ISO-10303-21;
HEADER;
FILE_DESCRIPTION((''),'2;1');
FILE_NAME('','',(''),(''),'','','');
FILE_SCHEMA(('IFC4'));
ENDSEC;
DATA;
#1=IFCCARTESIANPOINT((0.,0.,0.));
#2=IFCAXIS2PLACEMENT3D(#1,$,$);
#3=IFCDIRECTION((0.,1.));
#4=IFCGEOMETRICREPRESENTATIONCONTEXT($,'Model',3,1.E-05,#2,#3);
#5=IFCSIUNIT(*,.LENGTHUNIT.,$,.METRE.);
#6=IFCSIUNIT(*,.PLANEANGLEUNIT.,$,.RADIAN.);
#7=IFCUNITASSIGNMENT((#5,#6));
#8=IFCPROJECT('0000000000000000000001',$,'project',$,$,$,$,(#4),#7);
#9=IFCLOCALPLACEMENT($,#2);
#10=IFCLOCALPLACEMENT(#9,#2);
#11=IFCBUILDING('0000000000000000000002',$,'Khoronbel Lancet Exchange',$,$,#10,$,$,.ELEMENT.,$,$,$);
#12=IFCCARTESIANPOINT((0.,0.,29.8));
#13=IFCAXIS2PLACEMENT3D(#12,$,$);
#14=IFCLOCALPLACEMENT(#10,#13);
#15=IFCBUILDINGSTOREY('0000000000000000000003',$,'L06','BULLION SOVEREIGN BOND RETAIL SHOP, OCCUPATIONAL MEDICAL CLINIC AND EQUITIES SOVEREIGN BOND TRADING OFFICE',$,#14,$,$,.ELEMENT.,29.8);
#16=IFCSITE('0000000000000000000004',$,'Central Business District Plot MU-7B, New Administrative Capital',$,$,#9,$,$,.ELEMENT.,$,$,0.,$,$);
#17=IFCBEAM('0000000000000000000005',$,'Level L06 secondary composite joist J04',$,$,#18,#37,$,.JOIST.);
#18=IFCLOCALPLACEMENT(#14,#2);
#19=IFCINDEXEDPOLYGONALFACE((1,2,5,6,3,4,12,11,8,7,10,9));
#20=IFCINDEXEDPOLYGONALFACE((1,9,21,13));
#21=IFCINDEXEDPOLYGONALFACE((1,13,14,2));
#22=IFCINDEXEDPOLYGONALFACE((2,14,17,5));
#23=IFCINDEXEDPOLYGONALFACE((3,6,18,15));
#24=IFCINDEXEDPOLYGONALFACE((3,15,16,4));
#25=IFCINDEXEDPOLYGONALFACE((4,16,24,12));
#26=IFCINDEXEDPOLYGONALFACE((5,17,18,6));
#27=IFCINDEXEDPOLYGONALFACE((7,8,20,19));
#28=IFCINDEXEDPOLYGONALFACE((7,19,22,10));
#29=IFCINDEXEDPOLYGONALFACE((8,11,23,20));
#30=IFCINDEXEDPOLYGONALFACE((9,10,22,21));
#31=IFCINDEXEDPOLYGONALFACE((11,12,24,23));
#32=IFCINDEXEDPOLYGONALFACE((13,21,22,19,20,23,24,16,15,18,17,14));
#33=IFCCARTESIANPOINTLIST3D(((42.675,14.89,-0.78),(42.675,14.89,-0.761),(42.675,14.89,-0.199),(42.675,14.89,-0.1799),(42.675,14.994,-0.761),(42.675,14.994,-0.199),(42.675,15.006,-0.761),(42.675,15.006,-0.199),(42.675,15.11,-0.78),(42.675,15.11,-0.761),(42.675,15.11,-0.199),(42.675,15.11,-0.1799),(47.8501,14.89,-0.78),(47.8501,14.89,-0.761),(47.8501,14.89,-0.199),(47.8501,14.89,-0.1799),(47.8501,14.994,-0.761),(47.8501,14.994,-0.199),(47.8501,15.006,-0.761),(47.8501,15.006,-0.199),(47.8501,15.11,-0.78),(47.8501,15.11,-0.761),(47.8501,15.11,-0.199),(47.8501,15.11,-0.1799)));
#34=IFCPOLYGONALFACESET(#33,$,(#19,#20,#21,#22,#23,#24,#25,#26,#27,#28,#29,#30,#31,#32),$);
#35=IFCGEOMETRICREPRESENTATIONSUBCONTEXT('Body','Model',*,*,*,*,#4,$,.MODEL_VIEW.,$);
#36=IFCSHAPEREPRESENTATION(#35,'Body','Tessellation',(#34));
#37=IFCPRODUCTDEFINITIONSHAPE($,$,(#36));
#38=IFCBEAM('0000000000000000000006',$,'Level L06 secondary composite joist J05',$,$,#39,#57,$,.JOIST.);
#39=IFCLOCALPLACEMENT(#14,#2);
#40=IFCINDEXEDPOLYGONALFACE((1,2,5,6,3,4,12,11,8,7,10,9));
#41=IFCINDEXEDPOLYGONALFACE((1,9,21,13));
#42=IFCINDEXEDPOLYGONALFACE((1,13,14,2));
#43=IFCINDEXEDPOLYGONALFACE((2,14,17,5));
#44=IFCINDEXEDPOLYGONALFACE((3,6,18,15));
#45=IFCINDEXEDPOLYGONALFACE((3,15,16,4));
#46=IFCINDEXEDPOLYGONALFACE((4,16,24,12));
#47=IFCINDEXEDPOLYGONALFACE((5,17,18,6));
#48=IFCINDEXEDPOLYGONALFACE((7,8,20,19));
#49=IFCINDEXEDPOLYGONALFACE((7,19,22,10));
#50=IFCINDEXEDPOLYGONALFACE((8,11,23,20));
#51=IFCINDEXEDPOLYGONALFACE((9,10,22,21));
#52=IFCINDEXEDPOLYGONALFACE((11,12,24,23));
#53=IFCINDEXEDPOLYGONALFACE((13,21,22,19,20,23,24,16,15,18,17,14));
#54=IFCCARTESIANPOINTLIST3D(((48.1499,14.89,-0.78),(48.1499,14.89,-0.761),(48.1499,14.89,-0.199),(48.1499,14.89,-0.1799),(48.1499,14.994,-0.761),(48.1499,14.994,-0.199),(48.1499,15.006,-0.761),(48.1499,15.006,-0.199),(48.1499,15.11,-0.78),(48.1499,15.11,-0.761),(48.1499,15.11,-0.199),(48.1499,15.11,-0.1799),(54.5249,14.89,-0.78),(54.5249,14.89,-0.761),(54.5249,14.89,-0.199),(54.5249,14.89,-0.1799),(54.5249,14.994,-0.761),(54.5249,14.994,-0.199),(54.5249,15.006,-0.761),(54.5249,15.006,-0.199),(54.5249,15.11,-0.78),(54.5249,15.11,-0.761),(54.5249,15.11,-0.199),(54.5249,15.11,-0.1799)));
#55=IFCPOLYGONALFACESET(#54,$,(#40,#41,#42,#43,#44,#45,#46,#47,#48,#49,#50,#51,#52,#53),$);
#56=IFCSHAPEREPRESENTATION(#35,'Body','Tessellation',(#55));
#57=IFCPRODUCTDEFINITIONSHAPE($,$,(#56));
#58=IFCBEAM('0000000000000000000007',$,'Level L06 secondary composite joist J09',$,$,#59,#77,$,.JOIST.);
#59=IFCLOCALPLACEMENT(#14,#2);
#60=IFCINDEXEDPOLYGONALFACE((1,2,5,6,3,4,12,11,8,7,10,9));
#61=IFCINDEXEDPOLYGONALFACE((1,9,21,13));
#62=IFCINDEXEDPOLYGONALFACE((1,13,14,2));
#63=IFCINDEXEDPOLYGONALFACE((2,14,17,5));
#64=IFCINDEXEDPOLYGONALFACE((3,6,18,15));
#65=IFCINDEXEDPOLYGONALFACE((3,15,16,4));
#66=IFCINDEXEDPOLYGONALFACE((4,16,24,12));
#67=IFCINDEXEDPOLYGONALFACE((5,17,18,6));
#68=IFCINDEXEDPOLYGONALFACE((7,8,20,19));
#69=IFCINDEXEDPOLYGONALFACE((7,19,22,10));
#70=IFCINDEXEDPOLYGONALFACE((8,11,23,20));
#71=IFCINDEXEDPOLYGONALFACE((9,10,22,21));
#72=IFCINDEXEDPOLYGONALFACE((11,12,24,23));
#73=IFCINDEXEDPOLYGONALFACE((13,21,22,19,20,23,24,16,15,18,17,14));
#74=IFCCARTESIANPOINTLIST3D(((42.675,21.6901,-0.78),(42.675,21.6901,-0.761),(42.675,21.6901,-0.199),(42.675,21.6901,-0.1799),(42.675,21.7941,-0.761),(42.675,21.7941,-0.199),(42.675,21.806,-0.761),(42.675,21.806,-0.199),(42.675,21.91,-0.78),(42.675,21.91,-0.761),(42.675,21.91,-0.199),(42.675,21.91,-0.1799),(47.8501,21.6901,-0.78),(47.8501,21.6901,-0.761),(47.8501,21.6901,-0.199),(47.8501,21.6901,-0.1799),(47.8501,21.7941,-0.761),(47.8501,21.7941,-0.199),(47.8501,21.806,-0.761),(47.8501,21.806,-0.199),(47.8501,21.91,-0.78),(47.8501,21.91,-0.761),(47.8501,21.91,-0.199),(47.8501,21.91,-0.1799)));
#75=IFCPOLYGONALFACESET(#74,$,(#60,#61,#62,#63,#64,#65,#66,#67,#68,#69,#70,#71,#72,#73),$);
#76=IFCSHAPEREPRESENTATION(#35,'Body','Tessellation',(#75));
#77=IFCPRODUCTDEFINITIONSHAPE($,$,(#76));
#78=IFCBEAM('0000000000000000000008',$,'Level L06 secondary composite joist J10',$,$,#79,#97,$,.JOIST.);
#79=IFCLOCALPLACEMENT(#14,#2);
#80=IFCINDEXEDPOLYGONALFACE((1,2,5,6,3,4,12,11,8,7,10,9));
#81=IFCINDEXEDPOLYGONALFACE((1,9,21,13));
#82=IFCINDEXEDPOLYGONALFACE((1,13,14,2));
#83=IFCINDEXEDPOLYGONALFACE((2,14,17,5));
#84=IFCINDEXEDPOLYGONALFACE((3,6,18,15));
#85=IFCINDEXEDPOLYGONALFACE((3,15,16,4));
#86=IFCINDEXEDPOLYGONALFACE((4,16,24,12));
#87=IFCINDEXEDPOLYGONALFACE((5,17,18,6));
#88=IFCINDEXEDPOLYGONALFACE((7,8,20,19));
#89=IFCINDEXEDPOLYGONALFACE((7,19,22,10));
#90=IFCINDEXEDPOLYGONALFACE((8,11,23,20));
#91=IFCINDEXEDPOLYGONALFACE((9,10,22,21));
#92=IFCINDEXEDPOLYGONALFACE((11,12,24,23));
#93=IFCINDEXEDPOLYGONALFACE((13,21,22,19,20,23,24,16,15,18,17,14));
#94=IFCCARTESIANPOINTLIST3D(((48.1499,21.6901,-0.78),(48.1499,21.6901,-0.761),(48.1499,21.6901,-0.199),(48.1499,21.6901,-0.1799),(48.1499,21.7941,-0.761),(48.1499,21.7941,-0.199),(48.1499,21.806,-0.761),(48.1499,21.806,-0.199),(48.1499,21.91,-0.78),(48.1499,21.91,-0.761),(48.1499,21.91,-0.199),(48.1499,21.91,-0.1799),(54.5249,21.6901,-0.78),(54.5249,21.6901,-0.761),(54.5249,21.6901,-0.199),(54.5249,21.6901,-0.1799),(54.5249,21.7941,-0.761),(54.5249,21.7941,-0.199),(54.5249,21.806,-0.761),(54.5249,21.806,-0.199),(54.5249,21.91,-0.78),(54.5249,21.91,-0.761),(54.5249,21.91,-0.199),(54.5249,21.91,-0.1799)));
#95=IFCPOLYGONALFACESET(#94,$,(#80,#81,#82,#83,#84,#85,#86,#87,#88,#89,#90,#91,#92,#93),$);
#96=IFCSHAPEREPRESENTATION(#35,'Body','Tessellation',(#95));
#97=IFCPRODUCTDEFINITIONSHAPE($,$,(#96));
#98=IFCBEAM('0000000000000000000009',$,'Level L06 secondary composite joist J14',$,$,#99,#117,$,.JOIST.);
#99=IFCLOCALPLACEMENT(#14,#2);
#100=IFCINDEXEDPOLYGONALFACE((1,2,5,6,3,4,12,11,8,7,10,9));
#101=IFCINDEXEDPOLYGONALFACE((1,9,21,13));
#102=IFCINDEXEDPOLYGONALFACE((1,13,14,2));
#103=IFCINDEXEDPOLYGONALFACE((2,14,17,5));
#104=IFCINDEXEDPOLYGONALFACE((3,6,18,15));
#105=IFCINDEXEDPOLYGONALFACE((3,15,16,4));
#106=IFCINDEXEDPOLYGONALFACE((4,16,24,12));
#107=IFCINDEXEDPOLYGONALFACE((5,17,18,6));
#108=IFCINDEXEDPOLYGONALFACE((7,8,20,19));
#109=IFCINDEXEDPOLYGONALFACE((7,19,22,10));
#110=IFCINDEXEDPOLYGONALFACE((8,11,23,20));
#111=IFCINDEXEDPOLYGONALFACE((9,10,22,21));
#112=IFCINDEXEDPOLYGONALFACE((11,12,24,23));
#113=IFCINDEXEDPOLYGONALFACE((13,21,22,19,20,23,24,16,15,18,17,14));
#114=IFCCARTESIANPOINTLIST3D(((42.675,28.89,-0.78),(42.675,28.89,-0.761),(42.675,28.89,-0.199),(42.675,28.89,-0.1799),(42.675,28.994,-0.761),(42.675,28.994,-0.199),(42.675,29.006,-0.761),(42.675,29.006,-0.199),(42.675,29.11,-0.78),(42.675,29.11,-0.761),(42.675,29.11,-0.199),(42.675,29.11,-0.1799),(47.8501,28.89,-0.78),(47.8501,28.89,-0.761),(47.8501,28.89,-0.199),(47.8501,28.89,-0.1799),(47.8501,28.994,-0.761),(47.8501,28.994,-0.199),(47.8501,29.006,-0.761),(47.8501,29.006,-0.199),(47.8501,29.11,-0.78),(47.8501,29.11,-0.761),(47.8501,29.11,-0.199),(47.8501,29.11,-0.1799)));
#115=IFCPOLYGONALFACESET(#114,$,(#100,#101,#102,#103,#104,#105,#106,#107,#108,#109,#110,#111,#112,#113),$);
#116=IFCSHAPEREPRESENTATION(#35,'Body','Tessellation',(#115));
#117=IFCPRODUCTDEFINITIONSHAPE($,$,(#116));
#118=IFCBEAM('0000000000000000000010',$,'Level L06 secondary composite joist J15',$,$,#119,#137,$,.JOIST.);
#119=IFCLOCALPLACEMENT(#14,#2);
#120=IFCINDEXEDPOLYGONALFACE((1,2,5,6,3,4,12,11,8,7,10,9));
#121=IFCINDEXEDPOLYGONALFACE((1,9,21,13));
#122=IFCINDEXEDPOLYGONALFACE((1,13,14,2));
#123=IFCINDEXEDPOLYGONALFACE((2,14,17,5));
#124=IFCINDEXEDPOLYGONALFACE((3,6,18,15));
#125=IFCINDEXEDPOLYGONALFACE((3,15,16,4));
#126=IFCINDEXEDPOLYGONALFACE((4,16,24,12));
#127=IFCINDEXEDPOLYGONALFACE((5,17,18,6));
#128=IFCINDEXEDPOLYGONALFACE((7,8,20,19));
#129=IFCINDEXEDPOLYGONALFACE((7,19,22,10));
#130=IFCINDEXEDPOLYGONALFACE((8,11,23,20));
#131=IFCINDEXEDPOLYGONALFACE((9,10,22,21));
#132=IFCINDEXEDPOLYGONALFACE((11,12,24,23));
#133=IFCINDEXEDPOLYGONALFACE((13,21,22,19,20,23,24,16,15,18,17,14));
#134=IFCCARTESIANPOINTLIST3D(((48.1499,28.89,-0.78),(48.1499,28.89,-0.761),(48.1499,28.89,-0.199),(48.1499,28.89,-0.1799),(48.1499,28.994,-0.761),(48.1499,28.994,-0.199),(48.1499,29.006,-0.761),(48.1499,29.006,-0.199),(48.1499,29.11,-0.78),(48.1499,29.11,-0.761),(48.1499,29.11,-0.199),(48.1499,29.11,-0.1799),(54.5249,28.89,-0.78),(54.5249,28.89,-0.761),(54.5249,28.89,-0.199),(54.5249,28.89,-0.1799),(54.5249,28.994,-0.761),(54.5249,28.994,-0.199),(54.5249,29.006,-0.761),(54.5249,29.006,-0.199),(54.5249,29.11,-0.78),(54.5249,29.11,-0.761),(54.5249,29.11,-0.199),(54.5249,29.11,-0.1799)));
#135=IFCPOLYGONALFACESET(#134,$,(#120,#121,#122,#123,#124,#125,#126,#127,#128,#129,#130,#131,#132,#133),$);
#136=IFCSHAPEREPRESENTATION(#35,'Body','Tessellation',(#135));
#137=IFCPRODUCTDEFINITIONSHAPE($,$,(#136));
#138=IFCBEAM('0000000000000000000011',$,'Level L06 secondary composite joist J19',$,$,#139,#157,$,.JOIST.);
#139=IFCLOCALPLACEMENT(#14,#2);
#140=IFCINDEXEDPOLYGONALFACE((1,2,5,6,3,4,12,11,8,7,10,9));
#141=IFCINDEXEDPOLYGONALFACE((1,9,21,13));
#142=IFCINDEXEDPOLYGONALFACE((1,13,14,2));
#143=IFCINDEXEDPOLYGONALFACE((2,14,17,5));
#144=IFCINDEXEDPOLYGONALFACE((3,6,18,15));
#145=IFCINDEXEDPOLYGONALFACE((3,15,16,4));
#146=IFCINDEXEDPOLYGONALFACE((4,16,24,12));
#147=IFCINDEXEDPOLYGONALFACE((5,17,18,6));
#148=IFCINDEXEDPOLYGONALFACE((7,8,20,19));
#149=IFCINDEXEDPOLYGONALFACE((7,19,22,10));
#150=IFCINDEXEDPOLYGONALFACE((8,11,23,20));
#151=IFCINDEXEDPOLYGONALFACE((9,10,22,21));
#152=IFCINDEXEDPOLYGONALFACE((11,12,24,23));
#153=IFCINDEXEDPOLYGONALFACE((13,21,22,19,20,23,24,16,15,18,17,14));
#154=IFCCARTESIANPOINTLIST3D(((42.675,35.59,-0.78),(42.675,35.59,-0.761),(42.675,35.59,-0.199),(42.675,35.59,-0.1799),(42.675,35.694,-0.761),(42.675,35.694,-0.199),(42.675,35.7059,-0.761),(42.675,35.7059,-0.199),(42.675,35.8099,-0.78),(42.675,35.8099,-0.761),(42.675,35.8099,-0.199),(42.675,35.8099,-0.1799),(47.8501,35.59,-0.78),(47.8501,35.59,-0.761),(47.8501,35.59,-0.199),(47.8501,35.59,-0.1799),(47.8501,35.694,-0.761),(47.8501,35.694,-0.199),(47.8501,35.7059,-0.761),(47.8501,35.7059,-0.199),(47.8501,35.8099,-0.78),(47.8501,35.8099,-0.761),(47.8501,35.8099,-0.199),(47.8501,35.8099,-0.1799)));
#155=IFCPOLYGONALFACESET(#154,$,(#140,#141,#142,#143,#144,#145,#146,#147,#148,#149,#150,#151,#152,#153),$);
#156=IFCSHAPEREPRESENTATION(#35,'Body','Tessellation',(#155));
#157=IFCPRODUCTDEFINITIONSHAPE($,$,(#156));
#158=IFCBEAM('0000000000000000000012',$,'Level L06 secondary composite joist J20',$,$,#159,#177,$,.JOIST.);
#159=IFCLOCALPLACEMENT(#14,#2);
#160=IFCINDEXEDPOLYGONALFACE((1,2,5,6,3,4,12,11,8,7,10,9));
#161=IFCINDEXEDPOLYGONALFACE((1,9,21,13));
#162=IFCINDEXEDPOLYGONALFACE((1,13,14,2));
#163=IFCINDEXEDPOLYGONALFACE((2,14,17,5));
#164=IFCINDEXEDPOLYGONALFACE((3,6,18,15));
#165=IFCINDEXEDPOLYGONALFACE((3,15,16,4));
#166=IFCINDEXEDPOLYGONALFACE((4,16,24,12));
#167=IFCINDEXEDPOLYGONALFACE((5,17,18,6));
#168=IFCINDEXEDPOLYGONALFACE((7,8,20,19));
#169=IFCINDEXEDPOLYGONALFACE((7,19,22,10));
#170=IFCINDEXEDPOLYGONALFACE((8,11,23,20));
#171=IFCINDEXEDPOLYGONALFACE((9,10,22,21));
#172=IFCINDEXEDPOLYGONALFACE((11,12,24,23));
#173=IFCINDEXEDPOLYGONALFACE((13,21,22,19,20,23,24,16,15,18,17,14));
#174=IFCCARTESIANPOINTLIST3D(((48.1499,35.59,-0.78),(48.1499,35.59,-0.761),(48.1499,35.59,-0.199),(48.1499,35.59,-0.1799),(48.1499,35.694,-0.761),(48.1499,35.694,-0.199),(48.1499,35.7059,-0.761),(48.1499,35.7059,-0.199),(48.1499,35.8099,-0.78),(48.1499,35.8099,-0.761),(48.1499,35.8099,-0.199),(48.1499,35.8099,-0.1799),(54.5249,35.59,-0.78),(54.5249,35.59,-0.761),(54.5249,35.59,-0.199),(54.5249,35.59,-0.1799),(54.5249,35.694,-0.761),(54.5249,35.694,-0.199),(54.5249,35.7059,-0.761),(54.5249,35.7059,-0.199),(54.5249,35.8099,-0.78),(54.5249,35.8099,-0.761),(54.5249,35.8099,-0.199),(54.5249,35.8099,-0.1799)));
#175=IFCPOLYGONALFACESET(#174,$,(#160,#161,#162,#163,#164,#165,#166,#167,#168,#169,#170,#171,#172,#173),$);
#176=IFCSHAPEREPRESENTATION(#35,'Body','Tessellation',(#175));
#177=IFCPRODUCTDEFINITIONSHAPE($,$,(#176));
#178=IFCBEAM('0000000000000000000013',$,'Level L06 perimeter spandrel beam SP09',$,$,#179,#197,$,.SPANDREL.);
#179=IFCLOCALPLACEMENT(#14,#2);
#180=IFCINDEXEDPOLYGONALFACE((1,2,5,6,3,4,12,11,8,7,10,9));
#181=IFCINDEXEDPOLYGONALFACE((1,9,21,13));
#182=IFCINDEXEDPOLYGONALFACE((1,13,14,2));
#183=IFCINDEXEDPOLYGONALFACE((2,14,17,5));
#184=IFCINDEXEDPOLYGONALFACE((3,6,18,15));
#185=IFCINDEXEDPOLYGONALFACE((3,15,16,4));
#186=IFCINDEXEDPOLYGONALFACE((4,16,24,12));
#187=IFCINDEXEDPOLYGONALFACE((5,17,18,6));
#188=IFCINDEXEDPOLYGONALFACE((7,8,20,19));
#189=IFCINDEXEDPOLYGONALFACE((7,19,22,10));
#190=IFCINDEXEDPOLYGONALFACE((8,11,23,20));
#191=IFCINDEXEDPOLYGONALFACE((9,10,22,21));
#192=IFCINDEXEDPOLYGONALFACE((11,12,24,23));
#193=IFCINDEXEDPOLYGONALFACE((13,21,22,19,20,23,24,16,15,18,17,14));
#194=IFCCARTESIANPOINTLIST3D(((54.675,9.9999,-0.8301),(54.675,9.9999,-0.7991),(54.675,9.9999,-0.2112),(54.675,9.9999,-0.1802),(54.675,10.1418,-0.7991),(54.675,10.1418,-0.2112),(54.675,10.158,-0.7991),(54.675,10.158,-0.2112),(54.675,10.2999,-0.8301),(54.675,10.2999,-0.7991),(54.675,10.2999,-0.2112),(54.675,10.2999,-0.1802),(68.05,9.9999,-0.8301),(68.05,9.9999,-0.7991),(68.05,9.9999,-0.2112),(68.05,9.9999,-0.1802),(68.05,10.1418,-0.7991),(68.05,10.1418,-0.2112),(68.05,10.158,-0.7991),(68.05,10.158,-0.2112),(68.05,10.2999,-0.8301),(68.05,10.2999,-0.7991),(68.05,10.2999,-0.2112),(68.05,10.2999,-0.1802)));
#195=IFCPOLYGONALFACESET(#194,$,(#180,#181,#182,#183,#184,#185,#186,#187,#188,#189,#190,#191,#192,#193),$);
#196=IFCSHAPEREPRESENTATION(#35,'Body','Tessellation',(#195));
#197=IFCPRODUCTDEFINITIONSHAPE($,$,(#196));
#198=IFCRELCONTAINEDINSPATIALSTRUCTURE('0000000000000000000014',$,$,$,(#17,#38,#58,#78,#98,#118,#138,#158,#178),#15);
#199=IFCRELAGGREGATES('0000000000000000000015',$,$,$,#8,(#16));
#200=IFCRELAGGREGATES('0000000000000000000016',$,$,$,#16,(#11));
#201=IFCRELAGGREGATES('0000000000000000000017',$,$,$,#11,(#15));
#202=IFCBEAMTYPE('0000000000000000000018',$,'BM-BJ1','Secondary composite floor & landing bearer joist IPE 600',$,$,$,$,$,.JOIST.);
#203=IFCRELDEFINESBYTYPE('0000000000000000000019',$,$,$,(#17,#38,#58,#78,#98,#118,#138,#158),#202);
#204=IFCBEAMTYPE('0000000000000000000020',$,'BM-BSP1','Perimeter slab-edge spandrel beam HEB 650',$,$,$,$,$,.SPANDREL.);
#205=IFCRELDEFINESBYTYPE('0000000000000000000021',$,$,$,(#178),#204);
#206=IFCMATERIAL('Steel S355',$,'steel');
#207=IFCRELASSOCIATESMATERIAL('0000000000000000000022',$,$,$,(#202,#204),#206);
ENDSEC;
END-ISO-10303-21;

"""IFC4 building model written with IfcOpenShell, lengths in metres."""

from ifc_helpers import new_model, si_unit, direction, frame, origin, origin_2d, place, context, subcontext, project, spatial, i_section, extrude, material, material_profile, profile_set, type_object, element, save


model = new_model("IFC4")

# Units and contexts
model_context = context("Model", 3, precision=1e-05, world=origin(), true_north=direction((0.0, 1.0)))
body_context = subcontext(model_context, "Body", "Model", "MODEL_VIEW")
ifc_project = project(units=[si_unit("LENGTHUNIT", "METRE"), si_unit("PLANEANGLEUNIT", "RADIAN")], contexts=[model_context])

# Site, building, storey
site_placement = place(None, origin())
site = spatial("IfcSite", under=ifc_project, at=site_placement, Name="Central Business District Plot MU-7B, New Administrative Capital", CompositionType="ELEMENT", RefElevation=0.0)
building_placement = place(site_placement, origin())
building = spatial("IfcBuilding", under=site, at=building_placement, Name="Khoronbel Lancet Exchange", CompositionType="ELEMENT")
storey_placement = place(building_placement, frame((0.0, 0.0, 29.8)))
storey = spatial("IfcBuildingStorey", under=building, at=storey_placement, Name="L06", Description="BULLION SOVEREIGN BOND RETAIL SHOP, OCCUPATIONAL MEDICAL CLINIC AND EQUITIES SOVEREIGN BOND TRADING OFFICE", CompositionType="ELEMENT", Elevation=29.8)

# Beams
ifc_material_1 = material(Name="Steel S355", Category="steel")
ifc_material_profile_1 = material_profile(ifc_material_1, i_section(OverallWidth=0.22, OverallDepth=0.6001, WebThickness=0.012, FlangeThickness=0.019, at=origin_2d()), Name="IPE 600")
ifc_profile_set_1 = profile_set([ifc_material_profile_1], Name="Steel S355")
beam_type_1 = type_object("IfcBeamType", Name="BM-BJ1", Description="Secondary composite floor & landing bearer joist IPE 600", PredefinedType="JOIST", material=ifc_profile_set_1)
beam_1_placement = place(storey_placement, frame((42.675, 15.0, -0.48), z_axis=(1.0, 0.0, 0.0), x_axis=(0.0, 1.0, 0.0)))
element("IfcBeam", 1, at=beam_1_placement, inside=storey, type_object=beam_type_1, Name="Level L06 secondary composite joist J04", PredefinedType="JOIST", context=body_context, shape_type="SweptSolid", body=[
    extrude(i_section(OverallWidth=0.22, OverallDepth=0.6001, WebThickness=0.012, FlangeThickness=0.019, at=origin_2d()), origin(), (0.0, 0.0, 1.0), 5.175),
])
beam_2_placement = place(storey_placement, frame((48.1499, 15.0, -0.48), z_axis=(1.0, 0.0, 0.0), x_axis=(0.0, 1.0, 0.0)))
element("IfcBeam", 2, at=beam_2_placement, inside=storey, type_object=beam_type_1, Name="Level L06 secondary composite joist J05", PredefinedType="JOIST", context=body_context, shape_type="SweptSolid", body=[
    extrude(i_section(OverallWidth=0.22, OverallDepth=0.6001, WebThickness=0.012, FlangeThickness=0.019, at=origin_2d()), origin(), (0.0, 0.0, 1.0), 6.375),
])
beam_3_placement = place(storey_placement, frame((42.675, 21.8, -0.48), z_axis=(1.0, 0.0, 0.0), x_axis=(0.0, 1.0, 0.0)))
element("IfcBeam", 3, at=beam_3_placement, inside=storey, type_object=beam_type_1, Name="Level L06 secondary composite joist J09", PredefinedType="JOIST", context=body_context, shape_type="SweptSolid", body=[
    extrude(i_section(OverallWidth=0.22, OverallDepth=0.6001, WebThickness=0.012, FlangeThickness=0.019, at=origin_2d()), origin(), (0.0, 0.0, 1.0), 5.175),
])
beam_4_placement = place(storey_placement, frame((48.1499, 21.8, -0.48), z_axis=(1.0, 0.0, 0.0), x_axis=(0.0, 1.0, 0.0)))
element("IfcBeam", 4, at=beam_4_placement, inside=storey, type_object=beam_type_1, Name="Level L06 secondary composite joist J10", PredefinedType="JOIST", context=body_context, shape_type="SweptSolid", body=[
    extrude(i_section(OverallWidth=0.22, OverallDepth=0.6001, WebThickness=0.012, FlangeThickness=0.019, at=origin_2d()), origin(), (0.0, 0.0, 1.0), 6.375),
])
beam_5_placement = place(storey_placement, frame((42.675, 29.0, -0.48), z_axis=(1.0, 0.0, 0.0), x_axis=(0.0, 1.0, 0.0)))
element("IfcBeam", 5, at=beam_5_placement, inside=storey, type_object=beam_type_1, Name="Level L06 secondary composite joist J14", PredefinedType="JOIST", context=body_context, shape_type="SweptSolid", body=[
    extrude(i_section(OverallWidth=0.22, OverallDepth=0.6001, WebThickness=0.012, FlangeThickness=0.019, at=origin_2d()), origin(), (0.0, 0.0, 1.0), 5.175),
])
beam_6_placement = place(storey_placement, frame((48.1499, 29.0, -0.48), z_axis=(1.0, 0.0, 0.0), x_axis=(0.0, 1.0, 0.0)))
element("IfcBeam", 6, at=beam_6_placement, inside=storey, type_object=beam_type_1, Name="Level L06 secondary composite joist J15", PredefinedType="JOIST", context=body_context, shape_type="SweptSolid", body=[
    extrude(i_section(OverallWidth=0.22, OverallDepth=0.6001, WebThickness=0.012, FlangeThickness=0.019, at=origin_2d()), origin(), (0.0, 0.0, 1.0), 6.375),
])
beam_7_placement = place(storey_placement, frame((42.675, 35.7, -0.48), z_axis=(1.0, 0.0, 0.0), x_axis=(0.0, 1.0, 0.0)))
element("IfcBeam", 7, at=beam_7_placement, inside=storey, type_object=beam_type_1, Name="Level L06 secondary composite joist J19", PredefinedType="JOIST", context=body_context, shape_type="SweptSolid", body=[
    extrude(i_section(OverallWidth=0.22, OverallDepth=0.6001, WebThickness=0.012, FlangeThickness=0.019, at=origin_2d()), origin(), (0.0, 0.0, 1.0), 5.175),
])
beam_8_placement = place(storey_placement, frame((48.1499, 35.7, -0.48), z_axis=(1.0, 0.0, 0.0), x_axis=(0.0, 1.0, 0.0)))
element("IfcBeam", 8, at=beam_8_placement, inside=storey, type_object=beam_type_1, Name="Level L06 secondary composite joist J20", PredefinedType="JOIST", context=body_context, shape_type="SweptSolid", body=[
    extrude(i_section(OverallWidth=0.22, OverallDepth=0.6001, WebThickness=0.012, FlangeThickness=0.019, at=origin_2d()), origin(), (0.0, 0.0, 1.0), 6.375),
])
ifc_material_profile_2 = material_profile(ifc_material_1, i_section(OverallWidth=0.3, OverallDepth=0.6499, WebThickness=0.0161, FlangeThickness=0.031, at=origin_2d()), Name="HEB 650")
ifc_profile_set_2 = profile_set([ifc_material_profile_2], Name="Steel S355")
beam_type_2 = type_object("IfcBeamType", Name="BM-BSP1", Description="Perimeter slab-edge spandrel beam HEB 650", PredefinedType="SPANDREL", material=ifc_profile_set_2)
beam_9_placement = place(storey_placement, frame((54.675, 10.1499, -0.5051), z_axis=(1.0, 0.0, 0.0), x_axis=(0.0, 1.0, 0.0)))
element("IfcBeam", 9, at=beam_9_placement, inside=storey, type_object=beam_type_2, Name="Level L06 perimeter spandrel beam SP09", PredefinedType="SPANDREL", context=body_context, shape_type="SweptSolid", body=[
    extrude(i_section(OverallWidth=0.3, OverallDepth=0.6499, WebThickness=0.0161, FlangeThickness=0.031, at=origin_2d()), origin(), (0.0, 0.0, 1.0), 13.375),
])

save(model, "model.ifc")
